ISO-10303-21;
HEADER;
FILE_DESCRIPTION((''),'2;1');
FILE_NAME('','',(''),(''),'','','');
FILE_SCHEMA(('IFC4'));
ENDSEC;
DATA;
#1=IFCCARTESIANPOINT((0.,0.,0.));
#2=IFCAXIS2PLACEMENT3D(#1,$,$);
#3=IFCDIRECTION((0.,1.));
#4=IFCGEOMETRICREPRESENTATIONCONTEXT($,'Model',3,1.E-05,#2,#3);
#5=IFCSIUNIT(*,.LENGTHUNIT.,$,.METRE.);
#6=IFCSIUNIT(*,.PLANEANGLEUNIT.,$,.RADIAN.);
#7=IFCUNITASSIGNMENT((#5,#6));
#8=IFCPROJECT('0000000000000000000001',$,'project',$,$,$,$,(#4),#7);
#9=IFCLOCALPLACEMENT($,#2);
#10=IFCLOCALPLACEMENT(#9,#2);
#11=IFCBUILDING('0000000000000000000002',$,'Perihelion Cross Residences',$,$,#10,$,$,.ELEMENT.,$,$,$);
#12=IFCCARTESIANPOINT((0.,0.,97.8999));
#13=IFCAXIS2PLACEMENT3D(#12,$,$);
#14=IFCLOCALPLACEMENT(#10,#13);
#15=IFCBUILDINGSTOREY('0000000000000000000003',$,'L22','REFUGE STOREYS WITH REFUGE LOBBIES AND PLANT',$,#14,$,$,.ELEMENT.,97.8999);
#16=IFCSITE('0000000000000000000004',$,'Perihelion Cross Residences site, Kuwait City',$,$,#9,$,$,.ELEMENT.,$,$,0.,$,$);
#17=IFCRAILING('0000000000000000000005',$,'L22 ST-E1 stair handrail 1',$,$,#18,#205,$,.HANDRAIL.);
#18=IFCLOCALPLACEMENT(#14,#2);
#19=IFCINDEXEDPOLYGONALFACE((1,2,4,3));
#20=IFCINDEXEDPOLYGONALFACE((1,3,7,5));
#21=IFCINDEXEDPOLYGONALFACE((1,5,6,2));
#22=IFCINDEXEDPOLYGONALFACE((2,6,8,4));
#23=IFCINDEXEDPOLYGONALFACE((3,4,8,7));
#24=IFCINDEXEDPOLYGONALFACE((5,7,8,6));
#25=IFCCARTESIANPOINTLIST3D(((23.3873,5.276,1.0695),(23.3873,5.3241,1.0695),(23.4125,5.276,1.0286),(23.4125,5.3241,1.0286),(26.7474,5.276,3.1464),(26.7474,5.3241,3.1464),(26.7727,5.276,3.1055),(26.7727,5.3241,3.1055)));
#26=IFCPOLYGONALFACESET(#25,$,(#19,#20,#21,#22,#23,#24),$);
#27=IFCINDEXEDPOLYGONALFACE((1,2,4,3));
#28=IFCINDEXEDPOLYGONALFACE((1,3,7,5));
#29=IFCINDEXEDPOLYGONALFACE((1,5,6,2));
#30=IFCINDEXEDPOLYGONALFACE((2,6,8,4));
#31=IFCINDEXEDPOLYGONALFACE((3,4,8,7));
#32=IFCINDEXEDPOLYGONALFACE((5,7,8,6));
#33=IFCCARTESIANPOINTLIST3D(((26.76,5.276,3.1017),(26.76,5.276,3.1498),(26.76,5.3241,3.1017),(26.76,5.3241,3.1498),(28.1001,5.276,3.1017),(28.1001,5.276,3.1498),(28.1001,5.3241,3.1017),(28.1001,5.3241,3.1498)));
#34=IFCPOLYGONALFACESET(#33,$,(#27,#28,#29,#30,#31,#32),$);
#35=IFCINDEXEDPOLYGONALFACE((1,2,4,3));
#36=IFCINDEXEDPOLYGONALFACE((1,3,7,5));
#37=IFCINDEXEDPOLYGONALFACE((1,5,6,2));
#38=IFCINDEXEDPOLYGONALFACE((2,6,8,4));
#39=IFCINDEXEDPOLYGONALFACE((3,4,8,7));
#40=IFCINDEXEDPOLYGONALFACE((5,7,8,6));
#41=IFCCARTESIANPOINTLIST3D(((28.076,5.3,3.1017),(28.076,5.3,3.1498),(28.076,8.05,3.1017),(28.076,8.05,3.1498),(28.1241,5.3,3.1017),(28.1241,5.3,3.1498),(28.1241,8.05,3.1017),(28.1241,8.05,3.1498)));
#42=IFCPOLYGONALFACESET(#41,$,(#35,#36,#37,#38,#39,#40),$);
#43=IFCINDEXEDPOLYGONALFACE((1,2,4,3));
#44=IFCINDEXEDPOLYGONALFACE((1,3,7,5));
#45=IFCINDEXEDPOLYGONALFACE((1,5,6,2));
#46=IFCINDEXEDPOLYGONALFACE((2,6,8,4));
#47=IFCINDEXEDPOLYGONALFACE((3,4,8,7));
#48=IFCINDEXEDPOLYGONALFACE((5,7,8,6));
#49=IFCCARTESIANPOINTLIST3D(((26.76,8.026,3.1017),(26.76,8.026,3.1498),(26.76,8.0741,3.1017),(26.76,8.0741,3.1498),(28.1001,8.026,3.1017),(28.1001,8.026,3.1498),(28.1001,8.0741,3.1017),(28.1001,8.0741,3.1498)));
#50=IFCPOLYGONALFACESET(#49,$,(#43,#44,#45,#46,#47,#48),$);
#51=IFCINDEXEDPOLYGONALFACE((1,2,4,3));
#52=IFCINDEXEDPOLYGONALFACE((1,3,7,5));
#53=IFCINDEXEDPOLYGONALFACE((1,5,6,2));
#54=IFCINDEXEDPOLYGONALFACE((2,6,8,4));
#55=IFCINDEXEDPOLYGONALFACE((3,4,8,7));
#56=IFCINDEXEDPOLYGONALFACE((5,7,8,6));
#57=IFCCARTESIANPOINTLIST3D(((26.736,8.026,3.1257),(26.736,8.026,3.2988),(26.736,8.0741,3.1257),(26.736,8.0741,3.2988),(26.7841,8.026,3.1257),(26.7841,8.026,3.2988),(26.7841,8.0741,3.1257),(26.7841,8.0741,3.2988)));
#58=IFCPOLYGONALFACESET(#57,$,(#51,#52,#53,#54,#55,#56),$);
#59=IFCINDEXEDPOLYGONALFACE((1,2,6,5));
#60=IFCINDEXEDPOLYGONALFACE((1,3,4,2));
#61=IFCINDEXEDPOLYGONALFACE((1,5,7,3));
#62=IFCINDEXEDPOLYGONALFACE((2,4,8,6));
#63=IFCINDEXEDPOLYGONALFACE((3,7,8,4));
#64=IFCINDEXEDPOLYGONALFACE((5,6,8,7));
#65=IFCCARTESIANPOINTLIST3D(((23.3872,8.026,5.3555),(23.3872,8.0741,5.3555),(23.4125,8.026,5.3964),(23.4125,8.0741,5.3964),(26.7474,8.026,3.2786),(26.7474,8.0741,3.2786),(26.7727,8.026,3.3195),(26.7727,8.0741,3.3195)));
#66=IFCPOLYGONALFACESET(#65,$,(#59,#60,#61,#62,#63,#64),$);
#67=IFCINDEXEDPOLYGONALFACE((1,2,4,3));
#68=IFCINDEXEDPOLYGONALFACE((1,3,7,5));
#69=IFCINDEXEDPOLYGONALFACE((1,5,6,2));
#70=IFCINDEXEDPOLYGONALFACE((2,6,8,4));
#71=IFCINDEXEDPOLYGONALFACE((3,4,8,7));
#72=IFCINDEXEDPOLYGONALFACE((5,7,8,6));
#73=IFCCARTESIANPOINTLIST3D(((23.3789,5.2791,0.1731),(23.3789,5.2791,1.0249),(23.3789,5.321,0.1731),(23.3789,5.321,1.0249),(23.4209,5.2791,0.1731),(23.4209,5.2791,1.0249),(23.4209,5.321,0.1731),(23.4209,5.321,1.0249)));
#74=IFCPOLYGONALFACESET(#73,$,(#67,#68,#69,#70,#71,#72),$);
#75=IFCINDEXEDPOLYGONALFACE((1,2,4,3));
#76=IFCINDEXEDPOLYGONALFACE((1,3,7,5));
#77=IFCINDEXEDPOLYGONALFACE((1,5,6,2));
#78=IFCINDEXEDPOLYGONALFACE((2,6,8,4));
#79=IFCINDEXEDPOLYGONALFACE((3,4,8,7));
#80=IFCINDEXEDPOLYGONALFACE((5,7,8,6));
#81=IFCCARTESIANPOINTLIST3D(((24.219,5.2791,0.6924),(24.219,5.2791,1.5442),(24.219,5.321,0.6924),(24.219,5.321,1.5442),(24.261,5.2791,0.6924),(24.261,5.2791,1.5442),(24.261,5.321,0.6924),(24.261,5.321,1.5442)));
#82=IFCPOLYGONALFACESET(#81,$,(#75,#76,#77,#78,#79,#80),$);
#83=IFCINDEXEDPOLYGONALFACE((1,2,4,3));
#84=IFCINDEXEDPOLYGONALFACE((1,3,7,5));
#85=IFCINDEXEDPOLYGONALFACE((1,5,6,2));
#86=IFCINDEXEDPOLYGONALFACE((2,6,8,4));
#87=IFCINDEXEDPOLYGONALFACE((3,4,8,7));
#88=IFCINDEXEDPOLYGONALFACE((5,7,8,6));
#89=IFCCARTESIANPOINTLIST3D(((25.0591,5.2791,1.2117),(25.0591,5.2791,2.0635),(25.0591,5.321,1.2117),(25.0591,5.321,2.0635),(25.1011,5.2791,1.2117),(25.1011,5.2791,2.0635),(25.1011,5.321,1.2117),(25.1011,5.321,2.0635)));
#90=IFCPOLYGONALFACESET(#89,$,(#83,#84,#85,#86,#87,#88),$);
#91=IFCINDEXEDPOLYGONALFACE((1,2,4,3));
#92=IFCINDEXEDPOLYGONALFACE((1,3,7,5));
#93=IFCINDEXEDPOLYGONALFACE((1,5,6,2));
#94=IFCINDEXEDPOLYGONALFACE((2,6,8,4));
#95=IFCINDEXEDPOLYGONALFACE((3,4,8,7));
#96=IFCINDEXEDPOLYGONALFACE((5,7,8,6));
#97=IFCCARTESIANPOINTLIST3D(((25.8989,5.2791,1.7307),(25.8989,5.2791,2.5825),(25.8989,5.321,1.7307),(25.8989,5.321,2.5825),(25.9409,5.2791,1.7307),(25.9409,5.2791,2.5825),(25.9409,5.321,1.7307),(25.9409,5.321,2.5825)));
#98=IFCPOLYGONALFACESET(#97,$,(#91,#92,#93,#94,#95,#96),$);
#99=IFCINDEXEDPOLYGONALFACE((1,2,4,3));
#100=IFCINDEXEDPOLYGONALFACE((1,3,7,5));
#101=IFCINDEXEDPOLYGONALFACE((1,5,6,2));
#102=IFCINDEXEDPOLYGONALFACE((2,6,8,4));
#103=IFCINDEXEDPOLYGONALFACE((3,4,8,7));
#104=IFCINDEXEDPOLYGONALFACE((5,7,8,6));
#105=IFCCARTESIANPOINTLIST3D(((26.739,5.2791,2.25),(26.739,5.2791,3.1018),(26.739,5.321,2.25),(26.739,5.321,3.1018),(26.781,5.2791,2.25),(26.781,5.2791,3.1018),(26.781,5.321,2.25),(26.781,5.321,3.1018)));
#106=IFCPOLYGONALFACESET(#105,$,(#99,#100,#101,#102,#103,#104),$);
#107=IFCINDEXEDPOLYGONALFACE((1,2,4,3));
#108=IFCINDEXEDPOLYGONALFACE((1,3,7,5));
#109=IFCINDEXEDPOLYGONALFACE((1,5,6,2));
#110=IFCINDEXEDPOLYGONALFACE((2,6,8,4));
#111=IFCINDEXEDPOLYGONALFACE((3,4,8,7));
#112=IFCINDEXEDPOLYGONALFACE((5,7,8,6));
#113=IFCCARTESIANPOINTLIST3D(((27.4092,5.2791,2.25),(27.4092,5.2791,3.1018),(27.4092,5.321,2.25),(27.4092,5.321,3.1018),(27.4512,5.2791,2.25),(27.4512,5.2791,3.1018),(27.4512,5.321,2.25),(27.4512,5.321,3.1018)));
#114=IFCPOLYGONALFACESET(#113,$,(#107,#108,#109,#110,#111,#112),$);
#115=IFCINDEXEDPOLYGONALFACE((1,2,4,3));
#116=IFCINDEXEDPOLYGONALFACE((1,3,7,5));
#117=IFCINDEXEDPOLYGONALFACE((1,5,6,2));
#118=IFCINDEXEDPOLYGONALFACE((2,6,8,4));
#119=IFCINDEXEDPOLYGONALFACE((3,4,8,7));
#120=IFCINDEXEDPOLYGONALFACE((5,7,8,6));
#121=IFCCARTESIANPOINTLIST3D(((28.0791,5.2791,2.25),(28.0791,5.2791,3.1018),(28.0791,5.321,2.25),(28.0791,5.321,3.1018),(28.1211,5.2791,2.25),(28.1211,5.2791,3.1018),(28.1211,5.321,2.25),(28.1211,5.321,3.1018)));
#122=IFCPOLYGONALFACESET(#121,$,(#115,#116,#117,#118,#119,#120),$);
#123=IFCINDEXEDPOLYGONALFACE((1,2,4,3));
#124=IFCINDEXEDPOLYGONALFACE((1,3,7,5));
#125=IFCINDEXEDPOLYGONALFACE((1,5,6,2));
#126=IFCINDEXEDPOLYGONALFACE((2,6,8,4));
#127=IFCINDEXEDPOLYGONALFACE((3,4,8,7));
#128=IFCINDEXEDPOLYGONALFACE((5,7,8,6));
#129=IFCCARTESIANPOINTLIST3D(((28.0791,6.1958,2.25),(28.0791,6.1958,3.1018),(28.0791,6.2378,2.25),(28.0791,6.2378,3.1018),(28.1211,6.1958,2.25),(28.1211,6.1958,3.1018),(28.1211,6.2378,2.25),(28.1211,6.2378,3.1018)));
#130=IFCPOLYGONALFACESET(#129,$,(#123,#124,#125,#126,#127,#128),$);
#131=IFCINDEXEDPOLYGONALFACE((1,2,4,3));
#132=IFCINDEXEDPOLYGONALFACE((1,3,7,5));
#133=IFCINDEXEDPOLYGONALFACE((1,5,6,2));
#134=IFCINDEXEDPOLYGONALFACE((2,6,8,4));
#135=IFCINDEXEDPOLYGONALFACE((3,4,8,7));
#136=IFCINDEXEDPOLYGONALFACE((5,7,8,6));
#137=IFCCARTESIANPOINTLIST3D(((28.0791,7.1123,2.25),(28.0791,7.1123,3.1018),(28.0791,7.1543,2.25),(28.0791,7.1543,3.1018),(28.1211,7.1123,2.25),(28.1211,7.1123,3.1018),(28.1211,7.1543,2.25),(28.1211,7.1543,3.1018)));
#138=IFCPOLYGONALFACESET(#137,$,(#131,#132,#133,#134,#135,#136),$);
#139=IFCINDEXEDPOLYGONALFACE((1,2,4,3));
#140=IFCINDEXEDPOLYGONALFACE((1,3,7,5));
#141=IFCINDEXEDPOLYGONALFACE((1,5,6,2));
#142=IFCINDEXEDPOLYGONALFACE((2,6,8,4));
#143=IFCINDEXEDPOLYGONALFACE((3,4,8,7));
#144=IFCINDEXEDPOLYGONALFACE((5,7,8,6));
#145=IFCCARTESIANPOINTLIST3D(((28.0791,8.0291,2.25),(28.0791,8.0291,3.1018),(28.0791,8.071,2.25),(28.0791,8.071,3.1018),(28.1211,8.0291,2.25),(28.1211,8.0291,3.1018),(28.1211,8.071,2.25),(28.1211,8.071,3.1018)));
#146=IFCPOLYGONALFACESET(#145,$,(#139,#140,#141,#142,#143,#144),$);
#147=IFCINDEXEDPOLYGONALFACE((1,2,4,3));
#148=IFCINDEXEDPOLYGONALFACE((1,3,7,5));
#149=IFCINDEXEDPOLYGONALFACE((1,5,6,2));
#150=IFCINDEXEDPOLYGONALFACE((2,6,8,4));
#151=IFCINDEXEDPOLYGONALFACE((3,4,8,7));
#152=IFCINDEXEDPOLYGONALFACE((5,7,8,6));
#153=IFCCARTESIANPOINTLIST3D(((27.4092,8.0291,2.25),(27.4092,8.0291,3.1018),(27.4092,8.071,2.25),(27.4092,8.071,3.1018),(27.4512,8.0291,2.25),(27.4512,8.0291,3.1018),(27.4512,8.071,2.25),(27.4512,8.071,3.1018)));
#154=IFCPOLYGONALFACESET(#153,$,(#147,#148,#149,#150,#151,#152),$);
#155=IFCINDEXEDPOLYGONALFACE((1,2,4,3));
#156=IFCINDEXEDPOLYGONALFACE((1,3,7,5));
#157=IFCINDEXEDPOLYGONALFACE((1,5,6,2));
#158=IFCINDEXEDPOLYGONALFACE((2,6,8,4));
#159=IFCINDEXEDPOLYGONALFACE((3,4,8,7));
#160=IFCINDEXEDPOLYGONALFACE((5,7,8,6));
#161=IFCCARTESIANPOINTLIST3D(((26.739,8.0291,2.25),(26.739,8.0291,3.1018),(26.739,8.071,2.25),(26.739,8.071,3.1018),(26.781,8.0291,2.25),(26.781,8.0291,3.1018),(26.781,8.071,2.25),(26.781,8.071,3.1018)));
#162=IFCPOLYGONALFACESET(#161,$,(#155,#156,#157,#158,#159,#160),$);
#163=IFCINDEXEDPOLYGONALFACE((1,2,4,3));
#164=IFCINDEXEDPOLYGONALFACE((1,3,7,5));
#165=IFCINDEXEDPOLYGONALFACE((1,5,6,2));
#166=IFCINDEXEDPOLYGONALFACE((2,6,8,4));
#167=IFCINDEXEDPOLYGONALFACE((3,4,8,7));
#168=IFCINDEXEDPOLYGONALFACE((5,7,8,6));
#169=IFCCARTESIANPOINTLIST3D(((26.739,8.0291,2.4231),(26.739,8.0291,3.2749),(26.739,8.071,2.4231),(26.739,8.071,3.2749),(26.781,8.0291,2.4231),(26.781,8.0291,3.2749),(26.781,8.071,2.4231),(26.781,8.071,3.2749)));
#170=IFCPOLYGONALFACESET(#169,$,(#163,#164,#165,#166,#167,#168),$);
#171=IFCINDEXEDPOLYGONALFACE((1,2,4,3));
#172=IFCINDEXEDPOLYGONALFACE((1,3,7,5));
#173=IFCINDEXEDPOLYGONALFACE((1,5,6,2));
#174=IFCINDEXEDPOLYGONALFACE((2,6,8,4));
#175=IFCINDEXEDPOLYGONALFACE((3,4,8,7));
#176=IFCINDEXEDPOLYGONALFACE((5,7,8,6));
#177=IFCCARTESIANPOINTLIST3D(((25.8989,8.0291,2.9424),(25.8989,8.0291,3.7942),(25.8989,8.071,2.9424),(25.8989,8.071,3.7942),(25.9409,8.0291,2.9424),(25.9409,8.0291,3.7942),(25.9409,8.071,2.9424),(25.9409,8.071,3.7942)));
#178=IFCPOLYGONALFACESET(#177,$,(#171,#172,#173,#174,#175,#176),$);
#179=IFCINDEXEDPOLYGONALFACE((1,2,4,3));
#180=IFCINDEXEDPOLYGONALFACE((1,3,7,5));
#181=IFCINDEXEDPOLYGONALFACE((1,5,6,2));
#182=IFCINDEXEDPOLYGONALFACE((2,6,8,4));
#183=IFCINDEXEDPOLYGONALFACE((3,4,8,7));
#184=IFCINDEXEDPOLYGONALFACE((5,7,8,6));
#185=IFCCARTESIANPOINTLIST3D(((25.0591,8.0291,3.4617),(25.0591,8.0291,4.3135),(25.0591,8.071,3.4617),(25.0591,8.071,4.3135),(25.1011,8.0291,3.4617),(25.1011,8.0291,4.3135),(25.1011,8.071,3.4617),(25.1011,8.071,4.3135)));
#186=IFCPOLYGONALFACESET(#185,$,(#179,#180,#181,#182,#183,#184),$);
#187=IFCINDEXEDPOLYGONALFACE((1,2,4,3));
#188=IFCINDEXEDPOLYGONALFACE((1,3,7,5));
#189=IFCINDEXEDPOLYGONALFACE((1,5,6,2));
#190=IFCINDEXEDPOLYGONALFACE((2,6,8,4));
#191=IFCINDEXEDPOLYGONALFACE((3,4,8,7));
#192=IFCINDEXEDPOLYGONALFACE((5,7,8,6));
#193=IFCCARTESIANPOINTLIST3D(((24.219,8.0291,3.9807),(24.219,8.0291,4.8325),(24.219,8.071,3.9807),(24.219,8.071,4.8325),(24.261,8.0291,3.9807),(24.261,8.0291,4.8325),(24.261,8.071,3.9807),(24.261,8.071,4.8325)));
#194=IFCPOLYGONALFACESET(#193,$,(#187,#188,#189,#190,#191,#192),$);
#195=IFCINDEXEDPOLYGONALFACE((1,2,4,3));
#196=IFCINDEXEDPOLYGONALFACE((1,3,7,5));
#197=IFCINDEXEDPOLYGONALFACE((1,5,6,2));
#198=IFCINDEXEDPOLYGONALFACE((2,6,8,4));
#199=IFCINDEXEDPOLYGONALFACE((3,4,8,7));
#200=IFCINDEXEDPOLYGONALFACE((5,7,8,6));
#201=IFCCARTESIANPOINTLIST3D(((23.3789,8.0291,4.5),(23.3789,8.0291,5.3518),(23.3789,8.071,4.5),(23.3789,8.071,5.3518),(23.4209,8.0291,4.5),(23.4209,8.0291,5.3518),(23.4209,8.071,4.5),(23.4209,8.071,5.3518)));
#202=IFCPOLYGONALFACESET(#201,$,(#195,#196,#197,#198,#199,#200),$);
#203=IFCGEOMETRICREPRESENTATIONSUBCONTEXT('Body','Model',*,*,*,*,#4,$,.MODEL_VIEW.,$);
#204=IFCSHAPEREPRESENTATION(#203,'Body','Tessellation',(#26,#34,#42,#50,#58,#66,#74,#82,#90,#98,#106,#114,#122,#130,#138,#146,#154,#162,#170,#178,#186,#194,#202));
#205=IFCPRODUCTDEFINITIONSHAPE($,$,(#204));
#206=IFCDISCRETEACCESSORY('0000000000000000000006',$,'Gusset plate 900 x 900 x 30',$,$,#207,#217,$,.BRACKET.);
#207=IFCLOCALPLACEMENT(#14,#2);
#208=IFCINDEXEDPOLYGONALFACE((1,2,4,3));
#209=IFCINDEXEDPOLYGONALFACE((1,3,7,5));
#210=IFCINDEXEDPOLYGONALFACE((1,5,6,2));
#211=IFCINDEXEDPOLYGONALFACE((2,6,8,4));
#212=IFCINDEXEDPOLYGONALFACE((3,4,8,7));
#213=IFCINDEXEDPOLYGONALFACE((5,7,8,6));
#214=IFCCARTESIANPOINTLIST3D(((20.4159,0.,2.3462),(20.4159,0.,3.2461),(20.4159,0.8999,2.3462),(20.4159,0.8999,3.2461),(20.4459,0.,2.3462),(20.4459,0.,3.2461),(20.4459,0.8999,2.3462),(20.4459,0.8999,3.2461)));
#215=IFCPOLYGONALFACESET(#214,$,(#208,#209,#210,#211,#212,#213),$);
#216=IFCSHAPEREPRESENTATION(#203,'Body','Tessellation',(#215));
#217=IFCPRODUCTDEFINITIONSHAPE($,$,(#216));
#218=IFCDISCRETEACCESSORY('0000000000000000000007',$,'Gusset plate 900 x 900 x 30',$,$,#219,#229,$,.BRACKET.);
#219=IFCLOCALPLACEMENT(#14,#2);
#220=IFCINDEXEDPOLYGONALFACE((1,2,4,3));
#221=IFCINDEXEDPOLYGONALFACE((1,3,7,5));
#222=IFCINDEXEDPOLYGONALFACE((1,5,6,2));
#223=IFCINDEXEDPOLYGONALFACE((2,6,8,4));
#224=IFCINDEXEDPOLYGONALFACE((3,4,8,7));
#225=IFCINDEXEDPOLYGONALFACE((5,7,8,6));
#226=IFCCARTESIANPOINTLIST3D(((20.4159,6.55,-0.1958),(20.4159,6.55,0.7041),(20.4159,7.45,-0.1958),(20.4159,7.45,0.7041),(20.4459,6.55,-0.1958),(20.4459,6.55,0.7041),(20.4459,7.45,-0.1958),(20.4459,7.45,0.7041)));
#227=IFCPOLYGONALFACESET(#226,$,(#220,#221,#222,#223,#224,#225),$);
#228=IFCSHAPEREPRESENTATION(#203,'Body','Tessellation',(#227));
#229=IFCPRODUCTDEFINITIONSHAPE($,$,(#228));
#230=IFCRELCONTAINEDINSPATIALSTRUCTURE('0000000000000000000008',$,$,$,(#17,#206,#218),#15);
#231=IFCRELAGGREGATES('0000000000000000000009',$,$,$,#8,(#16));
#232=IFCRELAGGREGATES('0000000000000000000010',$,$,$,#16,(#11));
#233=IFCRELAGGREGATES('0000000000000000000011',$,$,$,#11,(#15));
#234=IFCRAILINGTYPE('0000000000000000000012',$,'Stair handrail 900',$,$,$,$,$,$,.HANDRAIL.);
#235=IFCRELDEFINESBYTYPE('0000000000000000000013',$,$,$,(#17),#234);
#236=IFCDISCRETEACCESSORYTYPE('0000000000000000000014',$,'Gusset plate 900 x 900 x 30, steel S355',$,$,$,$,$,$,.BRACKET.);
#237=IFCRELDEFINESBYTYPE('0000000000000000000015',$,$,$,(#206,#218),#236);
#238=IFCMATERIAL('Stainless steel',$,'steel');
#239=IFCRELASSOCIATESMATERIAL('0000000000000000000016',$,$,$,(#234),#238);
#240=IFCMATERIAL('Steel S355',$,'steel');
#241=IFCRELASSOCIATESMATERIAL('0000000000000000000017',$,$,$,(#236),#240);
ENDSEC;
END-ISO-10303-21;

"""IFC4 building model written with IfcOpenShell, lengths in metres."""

from ifc_helpers import new_model, si_unit, direction, frame, origin, origin_2d, place, context, subcontext, project, spatial, rectangle, extrude, material, type_object, element, save


model = new_model("IFC4")

# Units and contexts
model_context = context("Model", 3, precision=1e-05, world=origin(), true_north=direction((0.0, 1.0)))
body_context = subcontext(model_context, "Body", "Model", "MODEL_VIEW")
ifc_project = project(units=[si_unit("LENGTHUNIT", "METRE"), si_unit("PLANEANGLEUNIT", "RADIAN")], contexts=[model_context])

# Site, building, storey
site_placement = place(None, origin())
site = spatial("IfcSite", under=ifc_project, at=site_placement, Name="Perihelion Cross Residences site, Kuwait City", CompositionType="ELEMENT", RefElevation=0.0)
building_placement = place(site_placement, origin())
building = spatial("IfcBuilding", under=site, at=building_placement, Name="Perihelion Cross Residences", CompositionType="ELEMENT")
storey_placement = place(building_placement, frame((0.0, 0.0, 97.8999)))
storey = spatial("IfcBuildingStorey", under=building, at=storey_placement, Name="L22", Description="REFUGE STOREYS WITH REFUGE LOBBIES AND PLANT", CompositionType="ELEMENT", Elevation=97.8999)

# Railing
ifc_material_1 = material(Name="Stainless steel", Category="steel")
railing_type_1 = type_object("IfcRailingType", Name="Stair handrail 900", PredefinedType="HANDRAIL", material=ifc_material_1)
railing_1_placement = place(storey_placement, frame((23.3999, 5.3, 0.1731)))
element("IfcRailing", 1, at=railing_1_placement, inside=storey, type_object=railing_type_1, Name="L22 ST-E1 stair handrail 1", PredefinedType="HANDRAIL", context=body_context, shape_type="SweptSolid", body=[
    extrude(rectangle(XDim=0.0481, YDim=0.0481, at=origin_2d()), frame((0.0, 0.0, 0.876), z_axis=(0.850623, 0.0, 0.525776), x_axis=(0.0, 1.0, 0.0)), (0.0, 0.0, 1.0), 3.9502),
    extrude(rectangle(XDim=0.0481, YDim=0.0481, at=origin_2d()), frame((3.3601, 0.0, 2.9526), z_axis=(1.0, 0.0, 0.0), x_axis=(0.0, 1.0, 0.0)), (0.0, 0.0, 1.0), 1.3401),
    extrude(rectangle(XDim=0.0481, YDim=0.0481, at=origin_2d()), frame((4.7002, 0.0, 2.9526), z_axis=(0.0, 1.0, 0.0), x_axis=(-1.0, 0.0, 0.0)), (0.0, 0.0, 1.0), 2.75),
    extrude(rectangle(XDim=0.0481, YDim=0.0481, at=origin_2d()), frame((4.7002, 2.75, 2.9526), z_axis=(-1.0, 0.0, 0.0), x_axis=(0.0, -1.0, 0.0)), (0.0, 0.0, 1.0), 1.3401),
    extrude(rectangle(XDim=0.0481, YDim=0.0481, at=origin_2d()), frame((3.3601, 2.75, 2.9526), z_axis=(0.0, 0.0, 1.0), x_axis=(1.0, 0.0, 0.0)), (0.0, 0.0, 1.0), 0.1731),
    extrude(rectangle(XDim=0.0481, YDim=0.0481, at=origin_2d()), frame((3.3601, 2.75, 3.126), z_axis=(-0.850623, 0.0, 0.525776), x_axis=(0.0, -1.0, 0.0)), (0.0, 0.0, 1.0), 3.9502),
    extrude(rectangle(XDim=0.042, YDim=0.042, at=origin_2d()), origin(), (0.0, 0.0, 1.0), 0.8518),
    extrude(rectangle(XDim=0.042, YDim=0.042, at=origin_2d()), frame((0.8401, 0.0, 0.5193)), (0.0, 0.0, 1.0), 0.8518),
    extrude(rectangle(XDim=0.042, YDim=0.042, at=origin_2d()), frame((1.6802, 0.0, 1.0386)), (0.0, 0.0, 1.0), 0.8518),
    extrude(rectangle(XDim=0.042, YDim=0.042, at=origin_2d()), frame((2.52, 0.0, 1.5576)), (0.0, 0.0, 1.0), 0.8518),
    extrude(rectangle(XDim=0.042, YDim=0.042, at=origin_2d()), frame((3.3601, 0.0, 2.0769)), (0.0, 0.0, 1.0), 0.8518),
    extrude(rectangle(XDim=0.042, YDim=0.042, at=origin_2d()), frame((4.0303, 0.0, 2.0769)), (0.0, 0.0, 1.0), 0.8518),
    extrude(rectangle(XDim=0.042, YDim=0.042, at=origin_2d()), frame((4.7002, 0.0, 2.0769)), (0.0, 0.0, 1.0), 0.8518),
    extrude(rectangle(XDim=0.042, YDim=0.042, at=origin_2d()), frame((4.7002, 0.9167, 2.0769)), (0.0, 0.0, 1.0), 0.8518),
    extrude(rectangle(XDim=0.042, YDim=0.042, at=origin_2d()), frame((4.7002, 1.8333, 2.0769)), (0.0, 0.0, 1.0), 0.8518),
    extrude(rectangle(XDim=0.042, YDim=0.042, at=origin_2d()), frame((4.7002, 2.75, 2.0769)), (0.0, 0.0, 1.0), 0.8518),
    extrude(rectangle(XDim=0.042, YDim=0.042, at=origin_2d()), frame((4.0303, 2.75, 2.0769)), (0.0, 0.0, 1.0), 0.8518),
    extrude(rectangle(XDim=0.042, YDim=0.042, at=origin_2d()), frame((3.3601, 2.75, 2.0769)), (0.0, 0.0, 1.0), 0.8518),
    extrude(rectangle(XDim=0.042, YDim=0.042, at=origin_2d()), frame((3.3601, 2.75, 2.25)), (0.0, 0.0, 1.0), 0.8518),
    extrude(rectangle(XDim=0.042, YDim=0.042, at=origin_2d()), frame((2.52, 2.75, 2.7693)), (0.0, 0.0, 1.0), 0.8518),
    extrude(rectangle(XDim=0.042, YDim=0.042, at=origin_2d()), frame((1.6802, 2.75, 3.2886)), (0.0, 0.0, 1.0), 0.8518),
    extrude(rectangle(XDim=0.042, YDim=0.042, at=origin_2d()), frame((0.8401, 2.75, 3.8076)), (0.0, 0.0, 1.0), 0.8518),
    extrude(rectangle(XDim=0.042, YDim=0.042, at=origin_2d()), frame((0.0, 2.75, 4.3269)), (0.0, 0.0, 1.0), 0.8518),
])

# Discrete accessories
ifc_material_2 = material(Name="Steel S355", Category="steel")
discrete_accessory_type = type_object("IfcDiscreteAccessoryType", Name="Gusset plate 900 x 900 x 30, steel S355", PredefinedType="BRACKET", material=ifc_material_2)
for number, where, z_axis, x_axis, name in (
    (2, (20.4309, 0.45, 2.3462), (0.0, 0.0, 1.0), (0.0, 1.0, 0.0), "Gusset plate 900 x 900 x 30"),
    (3, (20.4309, 7.0, -0.1958), (0.0, 0.0, 1.0), (0.0, -1.0, 0.0), "Gusset plate 900 x 900 x 30"),
):
    element("IfcDiscreteAccessory", number, at=place(storey_placement, frame(where, z_axis=z_axis, x_axis=x_axis)), inside=storey, type_object=discrete_accessory_type, Name=name, PredefinedType="BRACKET", context=body_context, shape_type="SweptSolid", body=[
        extrude(rectangle(XDim=0.8999, YDim=0.03, at=origin_2d()), origin(), (0.0, 0.0, 1.0), 0.8999),
    ])

save(model, "model.ifc")
